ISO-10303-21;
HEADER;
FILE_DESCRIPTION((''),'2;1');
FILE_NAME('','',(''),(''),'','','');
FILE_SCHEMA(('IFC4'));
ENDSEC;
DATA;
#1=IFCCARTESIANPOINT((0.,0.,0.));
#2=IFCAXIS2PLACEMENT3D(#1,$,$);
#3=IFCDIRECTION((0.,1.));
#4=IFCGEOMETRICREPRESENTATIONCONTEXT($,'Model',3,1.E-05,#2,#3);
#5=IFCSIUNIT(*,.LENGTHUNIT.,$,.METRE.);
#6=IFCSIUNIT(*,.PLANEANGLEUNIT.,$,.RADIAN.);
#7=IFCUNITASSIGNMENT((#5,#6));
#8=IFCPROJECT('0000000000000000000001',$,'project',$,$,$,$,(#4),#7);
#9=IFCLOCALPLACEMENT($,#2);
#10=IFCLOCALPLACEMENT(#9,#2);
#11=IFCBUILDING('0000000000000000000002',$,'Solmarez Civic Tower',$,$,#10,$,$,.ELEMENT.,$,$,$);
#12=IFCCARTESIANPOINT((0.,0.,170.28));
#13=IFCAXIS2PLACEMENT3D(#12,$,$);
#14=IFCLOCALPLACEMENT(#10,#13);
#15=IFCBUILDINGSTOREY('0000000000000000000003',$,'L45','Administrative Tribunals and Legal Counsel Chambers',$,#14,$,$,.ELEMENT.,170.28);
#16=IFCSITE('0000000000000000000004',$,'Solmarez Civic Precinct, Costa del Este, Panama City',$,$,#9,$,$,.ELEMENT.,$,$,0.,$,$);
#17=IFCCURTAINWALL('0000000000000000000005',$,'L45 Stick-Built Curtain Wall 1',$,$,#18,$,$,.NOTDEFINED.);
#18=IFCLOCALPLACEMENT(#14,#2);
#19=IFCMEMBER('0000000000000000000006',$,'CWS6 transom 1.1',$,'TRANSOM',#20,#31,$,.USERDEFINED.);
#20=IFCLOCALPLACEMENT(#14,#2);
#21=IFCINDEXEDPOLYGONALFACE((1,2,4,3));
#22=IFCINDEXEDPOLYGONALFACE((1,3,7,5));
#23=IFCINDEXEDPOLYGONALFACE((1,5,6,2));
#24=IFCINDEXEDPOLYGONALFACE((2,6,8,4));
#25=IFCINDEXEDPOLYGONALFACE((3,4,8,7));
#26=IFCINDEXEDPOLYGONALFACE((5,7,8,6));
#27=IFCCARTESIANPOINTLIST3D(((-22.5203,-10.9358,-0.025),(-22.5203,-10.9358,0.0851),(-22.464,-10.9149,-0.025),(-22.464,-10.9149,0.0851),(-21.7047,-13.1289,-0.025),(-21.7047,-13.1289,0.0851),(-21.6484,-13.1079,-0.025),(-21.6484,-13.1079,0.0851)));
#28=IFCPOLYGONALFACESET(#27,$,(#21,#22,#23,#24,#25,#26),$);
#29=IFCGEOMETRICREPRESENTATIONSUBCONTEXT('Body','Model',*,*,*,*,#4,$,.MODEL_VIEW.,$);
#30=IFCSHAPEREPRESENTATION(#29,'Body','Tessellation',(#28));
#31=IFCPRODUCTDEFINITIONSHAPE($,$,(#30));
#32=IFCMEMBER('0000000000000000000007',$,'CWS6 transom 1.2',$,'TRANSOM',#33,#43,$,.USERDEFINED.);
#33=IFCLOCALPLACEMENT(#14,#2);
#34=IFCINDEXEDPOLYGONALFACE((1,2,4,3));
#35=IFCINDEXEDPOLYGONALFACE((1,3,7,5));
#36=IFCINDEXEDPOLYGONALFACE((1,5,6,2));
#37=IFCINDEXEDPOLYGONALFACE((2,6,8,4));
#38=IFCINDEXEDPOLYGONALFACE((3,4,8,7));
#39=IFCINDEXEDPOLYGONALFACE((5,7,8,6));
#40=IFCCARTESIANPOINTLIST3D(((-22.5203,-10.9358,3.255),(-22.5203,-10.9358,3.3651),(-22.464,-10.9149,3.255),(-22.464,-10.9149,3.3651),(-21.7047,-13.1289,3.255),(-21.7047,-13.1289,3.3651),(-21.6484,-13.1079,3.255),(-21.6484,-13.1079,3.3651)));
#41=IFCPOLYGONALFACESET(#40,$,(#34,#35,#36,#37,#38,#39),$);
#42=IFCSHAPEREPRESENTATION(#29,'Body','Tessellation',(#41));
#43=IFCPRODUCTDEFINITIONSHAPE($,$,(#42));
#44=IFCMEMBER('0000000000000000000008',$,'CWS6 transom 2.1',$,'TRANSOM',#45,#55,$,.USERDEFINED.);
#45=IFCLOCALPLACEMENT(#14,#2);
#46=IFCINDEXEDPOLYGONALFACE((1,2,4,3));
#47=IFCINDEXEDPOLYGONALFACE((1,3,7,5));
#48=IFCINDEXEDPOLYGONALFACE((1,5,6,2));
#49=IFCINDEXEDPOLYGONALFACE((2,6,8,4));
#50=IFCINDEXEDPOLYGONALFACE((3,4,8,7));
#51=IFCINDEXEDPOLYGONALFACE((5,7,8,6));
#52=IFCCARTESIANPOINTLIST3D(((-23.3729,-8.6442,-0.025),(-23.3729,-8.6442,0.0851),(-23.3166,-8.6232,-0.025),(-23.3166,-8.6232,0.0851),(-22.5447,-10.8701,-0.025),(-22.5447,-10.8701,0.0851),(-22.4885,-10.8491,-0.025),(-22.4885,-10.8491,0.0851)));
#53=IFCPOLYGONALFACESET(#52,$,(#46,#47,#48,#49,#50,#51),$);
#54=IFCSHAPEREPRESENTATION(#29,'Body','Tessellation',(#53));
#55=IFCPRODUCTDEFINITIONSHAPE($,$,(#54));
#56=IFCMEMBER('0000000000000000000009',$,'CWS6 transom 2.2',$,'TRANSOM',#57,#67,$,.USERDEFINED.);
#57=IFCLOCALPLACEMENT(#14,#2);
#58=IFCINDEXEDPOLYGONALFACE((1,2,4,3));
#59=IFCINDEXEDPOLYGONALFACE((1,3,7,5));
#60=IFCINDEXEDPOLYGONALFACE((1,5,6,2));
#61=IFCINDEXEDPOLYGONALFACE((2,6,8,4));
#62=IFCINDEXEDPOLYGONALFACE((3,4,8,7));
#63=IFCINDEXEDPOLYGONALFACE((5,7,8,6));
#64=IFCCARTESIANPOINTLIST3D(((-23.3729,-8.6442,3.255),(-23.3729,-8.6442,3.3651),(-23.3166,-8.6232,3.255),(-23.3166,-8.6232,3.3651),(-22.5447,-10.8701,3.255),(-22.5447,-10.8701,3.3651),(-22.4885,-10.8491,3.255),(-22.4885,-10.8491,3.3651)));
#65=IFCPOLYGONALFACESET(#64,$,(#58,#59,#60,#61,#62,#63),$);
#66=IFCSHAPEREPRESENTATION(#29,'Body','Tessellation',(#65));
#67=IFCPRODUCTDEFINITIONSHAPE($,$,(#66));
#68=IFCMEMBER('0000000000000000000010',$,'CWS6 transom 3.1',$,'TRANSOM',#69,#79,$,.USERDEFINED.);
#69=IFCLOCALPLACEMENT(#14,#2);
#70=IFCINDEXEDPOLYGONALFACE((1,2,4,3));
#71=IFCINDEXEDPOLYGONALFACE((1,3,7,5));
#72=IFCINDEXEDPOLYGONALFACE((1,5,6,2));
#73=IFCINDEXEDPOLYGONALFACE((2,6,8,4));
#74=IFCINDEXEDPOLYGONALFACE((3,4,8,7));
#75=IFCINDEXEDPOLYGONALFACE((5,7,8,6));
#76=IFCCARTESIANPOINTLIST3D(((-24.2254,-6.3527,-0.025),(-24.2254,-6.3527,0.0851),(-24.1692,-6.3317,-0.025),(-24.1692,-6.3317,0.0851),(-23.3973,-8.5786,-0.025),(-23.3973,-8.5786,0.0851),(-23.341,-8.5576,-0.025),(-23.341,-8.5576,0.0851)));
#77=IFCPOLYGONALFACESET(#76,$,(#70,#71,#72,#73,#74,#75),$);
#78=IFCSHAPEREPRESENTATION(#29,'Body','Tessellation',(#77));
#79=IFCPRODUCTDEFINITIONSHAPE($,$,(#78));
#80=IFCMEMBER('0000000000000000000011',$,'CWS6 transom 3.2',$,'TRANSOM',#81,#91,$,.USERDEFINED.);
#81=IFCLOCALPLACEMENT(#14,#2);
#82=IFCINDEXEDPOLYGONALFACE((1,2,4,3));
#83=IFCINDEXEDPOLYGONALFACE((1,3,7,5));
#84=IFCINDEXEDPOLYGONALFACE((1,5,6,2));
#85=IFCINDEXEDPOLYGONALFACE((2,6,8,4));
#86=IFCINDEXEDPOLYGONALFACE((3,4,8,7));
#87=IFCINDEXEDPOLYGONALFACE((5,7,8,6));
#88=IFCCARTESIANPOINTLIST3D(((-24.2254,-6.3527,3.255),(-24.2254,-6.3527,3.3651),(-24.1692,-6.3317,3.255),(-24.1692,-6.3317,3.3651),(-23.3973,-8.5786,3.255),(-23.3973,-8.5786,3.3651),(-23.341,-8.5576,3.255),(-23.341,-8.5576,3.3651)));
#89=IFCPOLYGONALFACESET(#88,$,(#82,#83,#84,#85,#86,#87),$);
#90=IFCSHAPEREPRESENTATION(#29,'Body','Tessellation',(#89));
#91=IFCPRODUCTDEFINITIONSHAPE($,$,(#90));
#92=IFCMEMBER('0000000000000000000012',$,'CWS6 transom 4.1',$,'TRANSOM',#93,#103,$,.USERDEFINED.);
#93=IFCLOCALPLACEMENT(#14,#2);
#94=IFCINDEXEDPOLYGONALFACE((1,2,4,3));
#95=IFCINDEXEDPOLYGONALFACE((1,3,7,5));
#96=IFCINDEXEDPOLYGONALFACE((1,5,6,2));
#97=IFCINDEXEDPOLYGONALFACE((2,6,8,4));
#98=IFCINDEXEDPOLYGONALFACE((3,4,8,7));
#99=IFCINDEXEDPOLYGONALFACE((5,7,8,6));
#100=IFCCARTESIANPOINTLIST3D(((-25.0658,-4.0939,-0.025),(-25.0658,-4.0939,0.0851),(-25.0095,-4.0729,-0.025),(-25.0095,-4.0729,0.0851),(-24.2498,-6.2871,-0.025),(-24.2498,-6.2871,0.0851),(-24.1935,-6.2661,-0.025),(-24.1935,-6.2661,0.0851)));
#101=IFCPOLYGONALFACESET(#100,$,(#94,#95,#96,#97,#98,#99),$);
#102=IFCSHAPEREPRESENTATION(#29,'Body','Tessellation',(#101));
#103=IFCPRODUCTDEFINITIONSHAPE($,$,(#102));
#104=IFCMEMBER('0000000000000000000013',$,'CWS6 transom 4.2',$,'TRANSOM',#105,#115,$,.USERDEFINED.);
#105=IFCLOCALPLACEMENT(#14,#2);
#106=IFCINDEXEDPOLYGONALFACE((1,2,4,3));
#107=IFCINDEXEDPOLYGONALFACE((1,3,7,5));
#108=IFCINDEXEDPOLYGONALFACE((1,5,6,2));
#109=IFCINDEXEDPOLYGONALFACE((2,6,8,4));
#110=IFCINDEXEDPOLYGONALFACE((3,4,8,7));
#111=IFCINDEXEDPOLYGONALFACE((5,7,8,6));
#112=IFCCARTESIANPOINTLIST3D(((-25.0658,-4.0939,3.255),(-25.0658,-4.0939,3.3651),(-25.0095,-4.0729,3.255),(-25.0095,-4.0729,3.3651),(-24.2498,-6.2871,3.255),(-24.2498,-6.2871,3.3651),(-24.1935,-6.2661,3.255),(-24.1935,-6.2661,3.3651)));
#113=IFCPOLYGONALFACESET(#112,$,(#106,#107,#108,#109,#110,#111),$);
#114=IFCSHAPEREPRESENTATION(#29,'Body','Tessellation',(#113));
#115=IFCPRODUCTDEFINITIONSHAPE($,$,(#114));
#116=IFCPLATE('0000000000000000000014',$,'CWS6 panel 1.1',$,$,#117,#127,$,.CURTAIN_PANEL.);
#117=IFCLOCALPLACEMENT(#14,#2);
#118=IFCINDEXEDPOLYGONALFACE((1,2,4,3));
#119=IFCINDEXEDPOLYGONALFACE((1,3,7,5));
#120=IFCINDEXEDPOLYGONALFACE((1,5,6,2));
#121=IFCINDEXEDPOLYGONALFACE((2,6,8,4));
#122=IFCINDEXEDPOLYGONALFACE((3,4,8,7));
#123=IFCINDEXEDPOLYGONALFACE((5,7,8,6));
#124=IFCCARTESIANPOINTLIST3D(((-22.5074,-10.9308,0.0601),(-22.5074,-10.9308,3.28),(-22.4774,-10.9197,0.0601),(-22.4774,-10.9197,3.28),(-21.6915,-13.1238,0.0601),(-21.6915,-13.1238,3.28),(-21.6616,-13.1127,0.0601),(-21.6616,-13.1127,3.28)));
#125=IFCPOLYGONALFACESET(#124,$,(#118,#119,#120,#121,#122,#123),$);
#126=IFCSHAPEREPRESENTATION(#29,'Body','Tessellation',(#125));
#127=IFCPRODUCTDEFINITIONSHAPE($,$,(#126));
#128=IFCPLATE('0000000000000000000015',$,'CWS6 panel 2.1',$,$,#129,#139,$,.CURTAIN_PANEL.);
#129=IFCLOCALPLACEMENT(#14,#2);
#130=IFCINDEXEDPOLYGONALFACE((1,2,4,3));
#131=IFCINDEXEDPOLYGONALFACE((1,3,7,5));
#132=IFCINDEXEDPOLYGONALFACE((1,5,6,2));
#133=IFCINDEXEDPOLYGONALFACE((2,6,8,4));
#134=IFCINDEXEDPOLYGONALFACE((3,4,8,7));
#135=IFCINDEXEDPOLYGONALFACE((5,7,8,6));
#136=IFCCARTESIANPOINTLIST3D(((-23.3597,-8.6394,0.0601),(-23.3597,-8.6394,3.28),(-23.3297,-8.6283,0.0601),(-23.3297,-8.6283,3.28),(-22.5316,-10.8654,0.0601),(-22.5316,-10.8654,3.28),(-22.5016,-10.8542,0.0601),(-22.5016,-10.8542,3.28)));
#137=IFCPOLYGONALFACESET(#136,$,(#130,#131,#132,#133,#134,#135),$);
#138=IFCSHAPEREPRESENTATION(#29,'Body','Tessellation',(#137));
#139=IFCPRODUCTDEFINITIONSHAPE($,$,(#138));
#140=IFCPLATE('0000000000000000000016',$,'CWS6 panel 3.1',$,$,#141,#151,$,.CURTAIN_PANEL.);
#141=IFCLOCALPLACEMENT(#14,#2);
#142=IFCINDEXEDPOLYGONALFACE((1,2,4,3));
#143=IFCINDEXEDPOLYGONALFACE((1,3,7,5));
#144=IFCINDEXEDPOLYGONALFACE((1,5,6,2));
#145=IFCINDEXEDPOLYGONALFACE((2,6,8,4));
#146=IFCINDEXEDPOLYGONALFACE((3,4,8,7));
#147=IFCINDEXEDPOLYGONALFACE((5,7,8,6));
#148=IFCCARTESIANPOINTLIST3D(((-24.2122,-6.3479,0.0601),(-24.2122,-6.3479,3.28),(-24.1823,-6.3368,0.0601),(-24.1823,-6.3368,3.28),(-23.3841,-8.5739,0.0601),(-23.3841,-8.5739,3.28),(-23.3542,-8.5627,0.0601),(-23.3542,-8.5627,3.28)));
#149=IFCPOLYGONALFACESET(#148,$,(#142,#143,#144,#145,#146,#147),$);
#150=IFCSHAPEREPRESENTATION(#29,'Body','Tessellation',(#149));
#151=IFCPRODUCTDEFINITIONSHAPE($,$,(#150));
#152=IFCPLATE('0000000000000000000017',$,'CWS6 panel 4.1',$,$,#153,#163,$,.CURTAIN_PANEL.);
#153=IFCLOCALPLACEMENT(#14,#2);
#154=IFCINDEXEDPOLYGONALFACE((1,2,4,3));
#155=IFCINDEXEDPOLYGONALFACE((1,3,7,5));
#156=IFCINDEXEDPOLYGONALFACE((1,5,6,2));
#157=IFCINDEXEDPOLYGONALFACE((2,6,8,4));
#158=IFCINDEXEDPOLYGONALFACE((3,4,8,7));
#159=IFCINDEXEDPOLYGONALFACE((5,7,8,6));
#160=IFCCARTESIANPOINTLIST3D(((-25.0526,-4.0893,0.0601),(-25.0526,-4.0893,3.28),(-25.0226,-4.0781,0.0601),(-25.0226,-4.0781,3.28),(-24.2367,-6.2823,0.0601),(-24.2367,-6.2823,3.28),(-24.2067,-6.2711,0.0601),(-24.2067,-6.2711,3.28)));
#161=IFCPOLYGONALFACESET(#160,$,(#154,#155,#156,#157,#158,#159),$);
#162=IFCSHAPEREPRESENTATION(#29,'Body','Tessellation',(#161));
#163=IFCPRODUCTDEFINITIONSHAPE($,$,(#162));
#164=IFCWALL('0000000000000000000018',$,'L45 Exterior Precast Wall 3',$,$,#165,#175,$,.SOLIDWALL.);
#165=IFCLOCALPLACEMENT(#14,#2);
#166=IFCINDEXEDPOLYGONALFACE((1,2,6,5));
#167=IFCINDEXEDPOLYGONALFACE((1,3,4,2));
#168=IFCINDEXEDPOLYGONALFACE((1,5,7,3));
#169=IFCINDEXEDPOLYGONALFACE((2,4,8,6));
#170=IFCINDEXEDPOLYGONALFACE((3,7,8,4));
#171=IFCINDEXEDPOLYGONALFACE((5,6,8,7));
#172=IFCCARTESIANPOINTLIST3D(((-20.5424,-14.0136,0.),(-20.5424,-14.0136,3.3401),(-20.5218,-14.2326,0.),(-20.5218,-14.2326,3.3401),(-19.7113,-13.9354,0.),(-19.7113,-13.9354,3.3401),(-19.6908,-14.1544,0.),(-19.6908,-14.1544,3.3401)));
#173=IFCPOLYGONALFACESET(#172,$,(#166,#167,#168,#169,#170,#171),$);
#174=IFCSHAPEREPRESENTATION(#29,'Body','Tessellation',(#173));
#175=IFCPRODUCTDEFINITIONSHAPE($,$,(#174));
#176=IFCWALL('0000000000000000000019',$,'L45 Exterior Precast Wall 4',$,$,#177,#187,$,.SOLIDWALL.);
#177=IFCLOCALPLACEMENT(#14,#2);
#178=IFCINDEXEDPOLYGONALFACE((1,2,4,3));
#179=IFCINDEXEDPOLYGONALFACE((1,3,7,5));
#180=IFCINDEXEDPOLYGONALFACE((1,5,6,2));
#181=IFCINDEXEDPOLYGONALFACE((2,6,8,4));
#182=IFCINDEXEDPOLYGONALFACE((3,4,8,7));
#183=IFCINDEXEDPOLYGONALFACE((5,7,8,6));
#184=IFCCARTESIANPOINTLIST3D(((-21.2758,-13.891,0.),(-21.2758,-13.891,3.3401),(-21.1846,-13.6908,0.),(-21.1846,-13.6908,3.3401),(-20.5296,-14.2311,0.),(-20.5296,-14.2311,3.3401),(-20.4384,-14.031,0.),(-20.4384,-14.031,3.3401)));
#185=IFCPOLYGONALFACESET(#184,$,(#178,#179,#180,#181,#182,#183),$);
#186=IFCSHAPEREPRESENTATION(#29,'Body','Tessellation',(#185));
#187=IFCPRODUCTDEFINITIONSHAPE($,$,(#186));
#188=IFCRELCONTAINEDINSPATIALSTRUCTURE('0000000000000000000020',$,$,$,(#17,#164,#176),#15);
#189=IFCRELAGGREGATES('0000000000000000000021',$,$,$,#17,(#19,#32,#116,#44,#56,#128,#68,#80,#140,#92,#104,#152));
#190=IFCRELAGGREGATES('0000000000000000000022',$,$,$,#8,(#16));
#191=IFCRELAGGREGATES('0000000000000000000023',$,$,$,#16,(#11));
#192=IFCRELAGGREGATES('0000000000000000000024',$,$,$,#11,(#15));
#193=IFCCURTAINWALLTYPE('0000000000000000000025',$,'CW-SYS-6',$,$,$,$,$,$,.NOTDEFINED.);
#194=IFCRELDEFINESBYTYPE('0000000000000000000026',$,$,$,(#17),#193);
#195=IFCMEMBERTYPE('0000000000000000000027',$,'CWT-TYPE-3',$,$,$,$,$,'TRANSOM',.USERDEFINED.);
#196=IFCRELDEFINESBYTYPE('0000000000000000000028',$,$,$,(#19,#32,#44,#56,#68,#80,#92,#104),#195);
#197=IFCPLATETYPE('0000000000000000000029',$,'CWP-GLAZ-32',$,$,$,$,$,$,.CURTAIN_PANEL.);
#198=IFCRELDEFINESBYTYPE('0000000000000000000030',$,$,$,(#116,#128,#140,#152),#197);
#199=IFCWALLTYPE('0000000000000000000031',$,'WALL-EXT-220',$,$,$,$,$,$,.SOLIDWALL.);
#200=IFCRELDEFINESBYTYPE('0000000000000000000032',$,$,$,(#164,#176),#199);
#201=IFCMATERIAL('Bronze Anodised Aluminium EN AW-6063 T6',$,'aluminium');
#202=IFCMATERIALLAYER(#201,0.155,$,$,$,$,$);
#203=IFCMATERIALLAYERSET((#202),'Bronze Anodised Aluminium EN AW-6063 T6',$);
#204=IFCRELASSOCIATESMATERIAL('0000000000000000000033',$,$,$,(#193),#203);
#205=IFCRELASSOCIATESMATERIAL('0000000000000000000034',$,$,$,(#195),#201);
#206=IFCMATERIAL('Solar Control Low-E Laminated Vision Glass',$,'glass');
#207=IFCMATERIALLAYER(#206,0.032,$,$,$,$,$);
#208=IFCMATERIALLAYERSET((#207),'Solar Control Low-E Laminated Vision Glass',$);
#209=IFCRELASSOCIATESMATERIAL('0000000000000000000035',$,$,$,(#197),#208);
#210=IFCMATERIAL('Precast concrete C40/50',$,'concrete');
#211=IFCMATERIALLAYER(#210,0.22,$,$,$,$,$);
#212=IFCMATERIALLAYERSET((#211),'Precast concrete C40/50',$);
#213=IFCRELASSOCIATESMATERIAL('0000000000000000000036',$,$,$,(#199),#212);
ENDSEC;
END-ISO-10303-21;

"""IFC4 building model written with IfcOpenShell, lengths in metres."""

from ifc_helpers import new_model, si_unit, direction, frame, frame_2d, origin, origin_2d, place, context, subcontext, project, spatial, rectangle, extrude, material, layer, layer_set, material_profile, profile_set, type_object, element, aggregate, save


model = new_model("IFC4")

# Units and contexts
model_context = context("Model", 3, precision=1e-05, world=origin(), true_north=direction((0.0, 1.0)))
body_context = subcontext(model_context, "Body", "Model", "MODEL_VIEW")
ifc_project = project(units=[si_unit("LENGTHUNIT", "METRE"), si_unit("PLANEANGLEUNIT", "RADIAN")], contexts=[model_context])

# Site, building, storey
site_placement = place(None, origin())
site = spatial("IfcSite", under=ifc_project, at=site_placement, Name="Solmarez Civic Precinct, Costa del Este, Panama City", CompositionType="ELEMENT", RefElevation=0.0)
building_placement = place(site_placement, origin())
building = spatial("IfcBuilding", under=site, at=building_placement, Name="Solmarez Civic Tower", CompositionType="ELEMENT")
storey_placement = place(building_placement, frame((0.0, 0.0, 170.28)))
storey = spatial("IfcBuildingStorey", under=building, at=storey_placement, Name="L45", Description="Administrative Tribunals and Legal Counsel Chambers", CompositionType="ELEMENT", Elevation=170.28)

# Curtain wall, members, plates
ifc_material_1 = material(Name="Bronze Anodised Aluminium EN AW-6063 T6", Category="aluminium")
ifc_layer_1 = layer(ifc_material_1, 0.155)
ifc_layer_set_1 = layer_set([ifc_layer_1], Name="Bronze Anodised Aluminium EN AW-6063 T6")
curtain_wall_type = type_object("IfcCurtainWallType", Name="CW-SYS-6", PredefinedType="NOTDEFINED", material=ifc_layer_set_1)
curtain_wall_placement = place(storey_placement, origin())
curtain_wall = element("IfcCurtainWall", 1, at=curtain_wall_placement, inside=storey, type_object=curtain_wall_type, Name="L45 Stick-Built Curtain Wall 1", PredefinedType="NOTDEFINED")
ifc_material_profile_1 = material_profile(ifc_material_1, rectangle(XDim=0.0601, YDim=0.1101, at=origin_2d()), Name="CWT-60X110")
ifc_profile_set_1 = profile_set([ifc_material_profile_1], Name="Bronze Anodised Aluminium EN AW-6063 T6")
member_type_1 = type_object("IfcMemberType", Name="CWT-TYPE-3", ElementType="TRANSOM", PredefinedType="USERDEFINED", material=ifc_profile_set_1)
member_1_placement = place(storey_placement, frame((-21.6765, -13.1184, 0.03), z_axis=(-0.348595, 0.937273, 0.0), x_axis=(-0.937273, -0.348595, 0.0)))
member_1 = element("IfcMember", 2, at=member_1_placement, type_object=member_type_1, Name="CWS6 transom 1.1", ObjectType="TRANSOM", PredefinedType="USERDEFINED", context=body_context, shape_type="SweptSolid", body=[
    extrude(rectangle(XDim=0.0601, YDim=0.1101, at=origin_2d()), origin(), (0.0, 0.0, 1.0), 2.3398),
])
member_2_placement = place(storey_placement, frame((-21.6765, -13.1184, 3.3101), z_axis=(-0.348595, 0.937273, 0.0), x_axis=(-0.937273, -0.348595, 0.0)))
member_2 = element("IfcMember", 3, at=member_2_placement, type_object=member_type_1, Name="CWS6 transom 1.2", ObjectType="TRANSOM", PredefinedType="USERDEFINED", context=body_context, shape_type="SweptSolid", body=[
    extrude(rectangle(XDim=0.0601, YDim=0.1101, at=origin_2d()), origin(), (0.0, 0.0, 1.0), 2.3398),
])
member_3_placement = place(storey_placement, frame((-22.5166, -10.8596, 0.03), z_axis=(-0.3487, 0.937234, 0.0), x_axis=(-0.937234, -0.3487, 0.0)))
member_3 = element("IfcMember", 4, at=member_3_placement, type_object=member_type_1, Name="CWS6 transom 2.1", ObjectType="TRANSOM", PredefinedType="USERDEFINED", context=body_context, shape_type="SweptSolid", body=[
    extrude(rectangle(XDim=0.0601, YDim=0.1101, at=origin_2d()), origin(), (0.0, 0.0, 1.0), 2.375),
])
member_4_placement = place(storey_placement, frame((-22.5166, -10.8596, 3.3101), z_axis=(-0.3487, 0.937234, 0.0), x_axis=(-0.937234, -0.3487, 0.0)))
member_4 = element("IfcMember", 5, at=member_4_placement, type_object=member_type_1, Name="CWS6 transom 2.2", ObjectType="TRANSOM", PredefinedType="USERDEFINED", context=body_context, shape_type="SweptSolid", body=[
    extrude(rectangle(XDim=0.0601, YDim=0.1101, at=origin_2d()), origin(), (0.0, 0.0, 1.0), 2.375),
])
member_5_placement = place(storey_placement, frame((-23.3691, -8.5681, 0.03), z_axis=(-0.3487, 0.937234, 0.0), x_axis=(-0.937234, -0.3487, 0.0)))
member_5 = element("IfcMember", 6, at=member_5_placement, type_object=member_type_1, Name="CWS6 transom 3.1", ObjectType="TRANSOM", PredefinedType="USERDEFINED", context=body_context, shape_type="SweptSolid", body=[
    extrude(rectangle(XDim=0.0601, YDim=0.1101, at=origin_2d()), origin(), (0.0, 0.0, 1.0), 2.375),
])
member_6_placement = place(storey_placement, frame((-23.3691, -8.5681, 3.3101), z_axis=(-0.3487, 0.937234, 0.0), x_axis=(-0.937234, -0.3487, 0.0)))
member_6 = element("IfcMember", 7, at=member_6_placement, type_object=member_type_1, Name="CWS6 transom 3.2", ObjectType="TRANSOM", PredefinedType="USERDEFINED", context=body_context, shape_type="SweptSolid", body=[
    extrude(rectangle(XDim=0.0601, YDim=0.1101, at=origin_2d()), origin(), (0.0, 0.0, 1.0), 2.375),
])
member_7_placement = place(storey_placement, frame((-24.2217, -6.2766, 0.03), z_axis=(-0.348687, 0.937239, 0.0), x_axis=(-0.937239, -0.348687, 0.0)))
member_7 = element("IfcMember", 8, at=member_7_placement, type_object=member_type_1, Name="CWS6 transom 4.1", ObjectType="TRANSOM", PredefinedType="USERDEFINED", context=body_context, shape_type="SweptSolid", body=[
    extrude(rectangle(XDim=0.0601, YDim=0.1101, at=origin_2d()), origin(), (0.0, 0.0, 1.0), 2.3401),
])
member_8_placement = place(storey_placement, frame((-24.2217, -6.2766, 3.3101), z_axis=(-0.348687, 0.937239, 0.0), x_axis=(-0.937239, -0.348687, 0.0)))
member_8 = element("IfcMember", 9, at=member_8_placement, type_object=member_type_1, Name="CWS6 transom 4.2", ObjectType="TRANSOM", PredefinedType="USERDEFINED", context=body_context, shape_type="SweptSolid", body=[
    extrude(rectangle(XDim=0.0601, YDim=0.1101, at=origin_2d()), origin(), (0.0, 0.0, 1.0), 2.3401),
])
ifc_material_2 = material(Name="Solar Control Low-E Laminated Vision Glass", Category="glass")
ifc_layer_2 = layer(ifc_material_2, 0.032)
ifc_layer_set_2 = layer_set([ifc_layer_2], Name="Solar Control Low-E Laminated Vision Glass")
plate_type = type_object("IfcPlateType", Name="CWP-GLAZ-32", PredefinedType="CURTAIN_PANEL", material=ifc_layer_set_2)
plate_1_placement = place(storey_placement, frame((-22.0845, -12.0217, 0.0601), z_axis=(0.0, 0.0, 1.0), x_axis=(-0.348679, 0.937242, 0.0)))
plate_1 = element("IfcPlate", 10, at=plate_1_placement, type_object=plate_type, Name="CWS6 panel 1.1", PredefinedType="CURTAIN_PANEL", context=body_context, shape_type="SweptSolid", body=[
    extrude(rectangle(XDim=2.3398, YDim=0.032, at=origin_2d()), origin(), (0.0, 0.0, 1.0), 3.22),
])
plate_2_placement = place(storey_placement, frame((-22.9307, -9.7468, 0.0601), z_axis=(0.0, 0.0, 1.0), x_axis=(-0.348679, 0.937242, 0.0)))
plate_2 = element("IfcPlate", 11, at=plate_2_placement, type_object=plate_type, Name="CWS6 panel 2.1", PredefinedType="CURTAIN_PANEL", context=body_context, shape_type="SweptSolid", body=[
    extrude(rectangle(XDim=2.375, YDim=0.032, at=origin_2d()), origin(), (0.0, 0.0, 1.0), 3.22),
])
plate_3_placement = place(storey_placement, frame((-23.7832, -7.4553, 0.0601), z_axis=(0.0, 0.0, 1.0), x_axis=(-0.348679, 0.937242, 0.0)))
plate_3 = element("IfcPlate", 12, at=plate_3_placement, type_object=plate_type, Name="CWS6 panel 3.1", PredefinedType="CURTAIN_PANEL", context=body_context, shape_type="SweptSolid", body=[
    extrude(rectangle(XDim=2.375, YDim=0.032, at=origin_2d()), origin(), (0.0, 0.0, 1.0), 3.22),
])
plate_4_placement = place(storey_placement, frame((-24.6296, -5.1802, 0.0601), z_axis=(0.0, 0.0, 1.0), x_axis=(-0.348679, 0.937242, 0.0)))
plate_4 = element("IfcPlate", 13, at=plate_4_placement, type_object=plate_type, Name="CWS6 panel 4.1", PredefinedType="CURTAIN_PANEL", context=body_context, shape_type="SweptSolid", body=[
    extrude(rectangle(XDim=2.3398, YDim=0.032, at=origin_2d()), origin(), (0.0, 0.0, 1.0), 3.22),
])
aggregate(curtain_wall, [member_1, member_2, plate_1, member_3, member_4, plate_2, member_5, member_6, plate_3, member_7, member_8, plate_4])

# Walls
ifc_material_3 = material(Name="Precast concrete C40/50", Category="concrete")
ifc_layer_3 = layer(ifc_material_3, 0.22)
ifc_layer_set_3 = layer_set([ifc_layer_3], Name="Precast concrete C40/50")
wall_type_1 = type_object("IfcWallType", Name="WALL-EXT-220", PredefinedType="SOLIDWALL", material=ifc_layer_set_3)
wall_1_placement = place(storey_placement, frame((-19.7009, -14.0449, 0.0), z_axis=(0.0, 0.0, 1.0), x_axis=(-0.99561, -0.093594, 0.0)))
element("IfcWall", 14, at=wall_1_placement, inside=storey, type_object=wall_type_1, Name="L45 Exterior Precast Wall 3", PredefinedType="SOLIDWALL", context=body_context, shape_type="SweptSolid", body=[
    extrude(rectangle(XDim=0.8347, YDim=0.22, at=frame_2d((0.4175, 0.0))), origin(), (0.0, 0.0, 1.0), 3.3401),
])
wall_2_placement = place(storey_placement, frame((-20.4839, -14.1311, 0.0), z_axis=(0.0, 0.0, 1.0), x_axis=(-0.909927, 0.414767, 0.0)))
element("IfcWall", 15, at=wall_2_placement, inside=storey, type_object=wall_type_1, Name="L45 Exterior Precast Wall 4", PredefinedType="SOLIDWALL", context=body_context, shape_type="SweptSolid", body=[
    extrude(rectangle(XDim=0.8201, YDim=0.22, at=frame_2d((0.4102, 0.0))), origin(), (0.0, 0.0, 1.0), 3.3401),
])

save(model, "model.ifc")
